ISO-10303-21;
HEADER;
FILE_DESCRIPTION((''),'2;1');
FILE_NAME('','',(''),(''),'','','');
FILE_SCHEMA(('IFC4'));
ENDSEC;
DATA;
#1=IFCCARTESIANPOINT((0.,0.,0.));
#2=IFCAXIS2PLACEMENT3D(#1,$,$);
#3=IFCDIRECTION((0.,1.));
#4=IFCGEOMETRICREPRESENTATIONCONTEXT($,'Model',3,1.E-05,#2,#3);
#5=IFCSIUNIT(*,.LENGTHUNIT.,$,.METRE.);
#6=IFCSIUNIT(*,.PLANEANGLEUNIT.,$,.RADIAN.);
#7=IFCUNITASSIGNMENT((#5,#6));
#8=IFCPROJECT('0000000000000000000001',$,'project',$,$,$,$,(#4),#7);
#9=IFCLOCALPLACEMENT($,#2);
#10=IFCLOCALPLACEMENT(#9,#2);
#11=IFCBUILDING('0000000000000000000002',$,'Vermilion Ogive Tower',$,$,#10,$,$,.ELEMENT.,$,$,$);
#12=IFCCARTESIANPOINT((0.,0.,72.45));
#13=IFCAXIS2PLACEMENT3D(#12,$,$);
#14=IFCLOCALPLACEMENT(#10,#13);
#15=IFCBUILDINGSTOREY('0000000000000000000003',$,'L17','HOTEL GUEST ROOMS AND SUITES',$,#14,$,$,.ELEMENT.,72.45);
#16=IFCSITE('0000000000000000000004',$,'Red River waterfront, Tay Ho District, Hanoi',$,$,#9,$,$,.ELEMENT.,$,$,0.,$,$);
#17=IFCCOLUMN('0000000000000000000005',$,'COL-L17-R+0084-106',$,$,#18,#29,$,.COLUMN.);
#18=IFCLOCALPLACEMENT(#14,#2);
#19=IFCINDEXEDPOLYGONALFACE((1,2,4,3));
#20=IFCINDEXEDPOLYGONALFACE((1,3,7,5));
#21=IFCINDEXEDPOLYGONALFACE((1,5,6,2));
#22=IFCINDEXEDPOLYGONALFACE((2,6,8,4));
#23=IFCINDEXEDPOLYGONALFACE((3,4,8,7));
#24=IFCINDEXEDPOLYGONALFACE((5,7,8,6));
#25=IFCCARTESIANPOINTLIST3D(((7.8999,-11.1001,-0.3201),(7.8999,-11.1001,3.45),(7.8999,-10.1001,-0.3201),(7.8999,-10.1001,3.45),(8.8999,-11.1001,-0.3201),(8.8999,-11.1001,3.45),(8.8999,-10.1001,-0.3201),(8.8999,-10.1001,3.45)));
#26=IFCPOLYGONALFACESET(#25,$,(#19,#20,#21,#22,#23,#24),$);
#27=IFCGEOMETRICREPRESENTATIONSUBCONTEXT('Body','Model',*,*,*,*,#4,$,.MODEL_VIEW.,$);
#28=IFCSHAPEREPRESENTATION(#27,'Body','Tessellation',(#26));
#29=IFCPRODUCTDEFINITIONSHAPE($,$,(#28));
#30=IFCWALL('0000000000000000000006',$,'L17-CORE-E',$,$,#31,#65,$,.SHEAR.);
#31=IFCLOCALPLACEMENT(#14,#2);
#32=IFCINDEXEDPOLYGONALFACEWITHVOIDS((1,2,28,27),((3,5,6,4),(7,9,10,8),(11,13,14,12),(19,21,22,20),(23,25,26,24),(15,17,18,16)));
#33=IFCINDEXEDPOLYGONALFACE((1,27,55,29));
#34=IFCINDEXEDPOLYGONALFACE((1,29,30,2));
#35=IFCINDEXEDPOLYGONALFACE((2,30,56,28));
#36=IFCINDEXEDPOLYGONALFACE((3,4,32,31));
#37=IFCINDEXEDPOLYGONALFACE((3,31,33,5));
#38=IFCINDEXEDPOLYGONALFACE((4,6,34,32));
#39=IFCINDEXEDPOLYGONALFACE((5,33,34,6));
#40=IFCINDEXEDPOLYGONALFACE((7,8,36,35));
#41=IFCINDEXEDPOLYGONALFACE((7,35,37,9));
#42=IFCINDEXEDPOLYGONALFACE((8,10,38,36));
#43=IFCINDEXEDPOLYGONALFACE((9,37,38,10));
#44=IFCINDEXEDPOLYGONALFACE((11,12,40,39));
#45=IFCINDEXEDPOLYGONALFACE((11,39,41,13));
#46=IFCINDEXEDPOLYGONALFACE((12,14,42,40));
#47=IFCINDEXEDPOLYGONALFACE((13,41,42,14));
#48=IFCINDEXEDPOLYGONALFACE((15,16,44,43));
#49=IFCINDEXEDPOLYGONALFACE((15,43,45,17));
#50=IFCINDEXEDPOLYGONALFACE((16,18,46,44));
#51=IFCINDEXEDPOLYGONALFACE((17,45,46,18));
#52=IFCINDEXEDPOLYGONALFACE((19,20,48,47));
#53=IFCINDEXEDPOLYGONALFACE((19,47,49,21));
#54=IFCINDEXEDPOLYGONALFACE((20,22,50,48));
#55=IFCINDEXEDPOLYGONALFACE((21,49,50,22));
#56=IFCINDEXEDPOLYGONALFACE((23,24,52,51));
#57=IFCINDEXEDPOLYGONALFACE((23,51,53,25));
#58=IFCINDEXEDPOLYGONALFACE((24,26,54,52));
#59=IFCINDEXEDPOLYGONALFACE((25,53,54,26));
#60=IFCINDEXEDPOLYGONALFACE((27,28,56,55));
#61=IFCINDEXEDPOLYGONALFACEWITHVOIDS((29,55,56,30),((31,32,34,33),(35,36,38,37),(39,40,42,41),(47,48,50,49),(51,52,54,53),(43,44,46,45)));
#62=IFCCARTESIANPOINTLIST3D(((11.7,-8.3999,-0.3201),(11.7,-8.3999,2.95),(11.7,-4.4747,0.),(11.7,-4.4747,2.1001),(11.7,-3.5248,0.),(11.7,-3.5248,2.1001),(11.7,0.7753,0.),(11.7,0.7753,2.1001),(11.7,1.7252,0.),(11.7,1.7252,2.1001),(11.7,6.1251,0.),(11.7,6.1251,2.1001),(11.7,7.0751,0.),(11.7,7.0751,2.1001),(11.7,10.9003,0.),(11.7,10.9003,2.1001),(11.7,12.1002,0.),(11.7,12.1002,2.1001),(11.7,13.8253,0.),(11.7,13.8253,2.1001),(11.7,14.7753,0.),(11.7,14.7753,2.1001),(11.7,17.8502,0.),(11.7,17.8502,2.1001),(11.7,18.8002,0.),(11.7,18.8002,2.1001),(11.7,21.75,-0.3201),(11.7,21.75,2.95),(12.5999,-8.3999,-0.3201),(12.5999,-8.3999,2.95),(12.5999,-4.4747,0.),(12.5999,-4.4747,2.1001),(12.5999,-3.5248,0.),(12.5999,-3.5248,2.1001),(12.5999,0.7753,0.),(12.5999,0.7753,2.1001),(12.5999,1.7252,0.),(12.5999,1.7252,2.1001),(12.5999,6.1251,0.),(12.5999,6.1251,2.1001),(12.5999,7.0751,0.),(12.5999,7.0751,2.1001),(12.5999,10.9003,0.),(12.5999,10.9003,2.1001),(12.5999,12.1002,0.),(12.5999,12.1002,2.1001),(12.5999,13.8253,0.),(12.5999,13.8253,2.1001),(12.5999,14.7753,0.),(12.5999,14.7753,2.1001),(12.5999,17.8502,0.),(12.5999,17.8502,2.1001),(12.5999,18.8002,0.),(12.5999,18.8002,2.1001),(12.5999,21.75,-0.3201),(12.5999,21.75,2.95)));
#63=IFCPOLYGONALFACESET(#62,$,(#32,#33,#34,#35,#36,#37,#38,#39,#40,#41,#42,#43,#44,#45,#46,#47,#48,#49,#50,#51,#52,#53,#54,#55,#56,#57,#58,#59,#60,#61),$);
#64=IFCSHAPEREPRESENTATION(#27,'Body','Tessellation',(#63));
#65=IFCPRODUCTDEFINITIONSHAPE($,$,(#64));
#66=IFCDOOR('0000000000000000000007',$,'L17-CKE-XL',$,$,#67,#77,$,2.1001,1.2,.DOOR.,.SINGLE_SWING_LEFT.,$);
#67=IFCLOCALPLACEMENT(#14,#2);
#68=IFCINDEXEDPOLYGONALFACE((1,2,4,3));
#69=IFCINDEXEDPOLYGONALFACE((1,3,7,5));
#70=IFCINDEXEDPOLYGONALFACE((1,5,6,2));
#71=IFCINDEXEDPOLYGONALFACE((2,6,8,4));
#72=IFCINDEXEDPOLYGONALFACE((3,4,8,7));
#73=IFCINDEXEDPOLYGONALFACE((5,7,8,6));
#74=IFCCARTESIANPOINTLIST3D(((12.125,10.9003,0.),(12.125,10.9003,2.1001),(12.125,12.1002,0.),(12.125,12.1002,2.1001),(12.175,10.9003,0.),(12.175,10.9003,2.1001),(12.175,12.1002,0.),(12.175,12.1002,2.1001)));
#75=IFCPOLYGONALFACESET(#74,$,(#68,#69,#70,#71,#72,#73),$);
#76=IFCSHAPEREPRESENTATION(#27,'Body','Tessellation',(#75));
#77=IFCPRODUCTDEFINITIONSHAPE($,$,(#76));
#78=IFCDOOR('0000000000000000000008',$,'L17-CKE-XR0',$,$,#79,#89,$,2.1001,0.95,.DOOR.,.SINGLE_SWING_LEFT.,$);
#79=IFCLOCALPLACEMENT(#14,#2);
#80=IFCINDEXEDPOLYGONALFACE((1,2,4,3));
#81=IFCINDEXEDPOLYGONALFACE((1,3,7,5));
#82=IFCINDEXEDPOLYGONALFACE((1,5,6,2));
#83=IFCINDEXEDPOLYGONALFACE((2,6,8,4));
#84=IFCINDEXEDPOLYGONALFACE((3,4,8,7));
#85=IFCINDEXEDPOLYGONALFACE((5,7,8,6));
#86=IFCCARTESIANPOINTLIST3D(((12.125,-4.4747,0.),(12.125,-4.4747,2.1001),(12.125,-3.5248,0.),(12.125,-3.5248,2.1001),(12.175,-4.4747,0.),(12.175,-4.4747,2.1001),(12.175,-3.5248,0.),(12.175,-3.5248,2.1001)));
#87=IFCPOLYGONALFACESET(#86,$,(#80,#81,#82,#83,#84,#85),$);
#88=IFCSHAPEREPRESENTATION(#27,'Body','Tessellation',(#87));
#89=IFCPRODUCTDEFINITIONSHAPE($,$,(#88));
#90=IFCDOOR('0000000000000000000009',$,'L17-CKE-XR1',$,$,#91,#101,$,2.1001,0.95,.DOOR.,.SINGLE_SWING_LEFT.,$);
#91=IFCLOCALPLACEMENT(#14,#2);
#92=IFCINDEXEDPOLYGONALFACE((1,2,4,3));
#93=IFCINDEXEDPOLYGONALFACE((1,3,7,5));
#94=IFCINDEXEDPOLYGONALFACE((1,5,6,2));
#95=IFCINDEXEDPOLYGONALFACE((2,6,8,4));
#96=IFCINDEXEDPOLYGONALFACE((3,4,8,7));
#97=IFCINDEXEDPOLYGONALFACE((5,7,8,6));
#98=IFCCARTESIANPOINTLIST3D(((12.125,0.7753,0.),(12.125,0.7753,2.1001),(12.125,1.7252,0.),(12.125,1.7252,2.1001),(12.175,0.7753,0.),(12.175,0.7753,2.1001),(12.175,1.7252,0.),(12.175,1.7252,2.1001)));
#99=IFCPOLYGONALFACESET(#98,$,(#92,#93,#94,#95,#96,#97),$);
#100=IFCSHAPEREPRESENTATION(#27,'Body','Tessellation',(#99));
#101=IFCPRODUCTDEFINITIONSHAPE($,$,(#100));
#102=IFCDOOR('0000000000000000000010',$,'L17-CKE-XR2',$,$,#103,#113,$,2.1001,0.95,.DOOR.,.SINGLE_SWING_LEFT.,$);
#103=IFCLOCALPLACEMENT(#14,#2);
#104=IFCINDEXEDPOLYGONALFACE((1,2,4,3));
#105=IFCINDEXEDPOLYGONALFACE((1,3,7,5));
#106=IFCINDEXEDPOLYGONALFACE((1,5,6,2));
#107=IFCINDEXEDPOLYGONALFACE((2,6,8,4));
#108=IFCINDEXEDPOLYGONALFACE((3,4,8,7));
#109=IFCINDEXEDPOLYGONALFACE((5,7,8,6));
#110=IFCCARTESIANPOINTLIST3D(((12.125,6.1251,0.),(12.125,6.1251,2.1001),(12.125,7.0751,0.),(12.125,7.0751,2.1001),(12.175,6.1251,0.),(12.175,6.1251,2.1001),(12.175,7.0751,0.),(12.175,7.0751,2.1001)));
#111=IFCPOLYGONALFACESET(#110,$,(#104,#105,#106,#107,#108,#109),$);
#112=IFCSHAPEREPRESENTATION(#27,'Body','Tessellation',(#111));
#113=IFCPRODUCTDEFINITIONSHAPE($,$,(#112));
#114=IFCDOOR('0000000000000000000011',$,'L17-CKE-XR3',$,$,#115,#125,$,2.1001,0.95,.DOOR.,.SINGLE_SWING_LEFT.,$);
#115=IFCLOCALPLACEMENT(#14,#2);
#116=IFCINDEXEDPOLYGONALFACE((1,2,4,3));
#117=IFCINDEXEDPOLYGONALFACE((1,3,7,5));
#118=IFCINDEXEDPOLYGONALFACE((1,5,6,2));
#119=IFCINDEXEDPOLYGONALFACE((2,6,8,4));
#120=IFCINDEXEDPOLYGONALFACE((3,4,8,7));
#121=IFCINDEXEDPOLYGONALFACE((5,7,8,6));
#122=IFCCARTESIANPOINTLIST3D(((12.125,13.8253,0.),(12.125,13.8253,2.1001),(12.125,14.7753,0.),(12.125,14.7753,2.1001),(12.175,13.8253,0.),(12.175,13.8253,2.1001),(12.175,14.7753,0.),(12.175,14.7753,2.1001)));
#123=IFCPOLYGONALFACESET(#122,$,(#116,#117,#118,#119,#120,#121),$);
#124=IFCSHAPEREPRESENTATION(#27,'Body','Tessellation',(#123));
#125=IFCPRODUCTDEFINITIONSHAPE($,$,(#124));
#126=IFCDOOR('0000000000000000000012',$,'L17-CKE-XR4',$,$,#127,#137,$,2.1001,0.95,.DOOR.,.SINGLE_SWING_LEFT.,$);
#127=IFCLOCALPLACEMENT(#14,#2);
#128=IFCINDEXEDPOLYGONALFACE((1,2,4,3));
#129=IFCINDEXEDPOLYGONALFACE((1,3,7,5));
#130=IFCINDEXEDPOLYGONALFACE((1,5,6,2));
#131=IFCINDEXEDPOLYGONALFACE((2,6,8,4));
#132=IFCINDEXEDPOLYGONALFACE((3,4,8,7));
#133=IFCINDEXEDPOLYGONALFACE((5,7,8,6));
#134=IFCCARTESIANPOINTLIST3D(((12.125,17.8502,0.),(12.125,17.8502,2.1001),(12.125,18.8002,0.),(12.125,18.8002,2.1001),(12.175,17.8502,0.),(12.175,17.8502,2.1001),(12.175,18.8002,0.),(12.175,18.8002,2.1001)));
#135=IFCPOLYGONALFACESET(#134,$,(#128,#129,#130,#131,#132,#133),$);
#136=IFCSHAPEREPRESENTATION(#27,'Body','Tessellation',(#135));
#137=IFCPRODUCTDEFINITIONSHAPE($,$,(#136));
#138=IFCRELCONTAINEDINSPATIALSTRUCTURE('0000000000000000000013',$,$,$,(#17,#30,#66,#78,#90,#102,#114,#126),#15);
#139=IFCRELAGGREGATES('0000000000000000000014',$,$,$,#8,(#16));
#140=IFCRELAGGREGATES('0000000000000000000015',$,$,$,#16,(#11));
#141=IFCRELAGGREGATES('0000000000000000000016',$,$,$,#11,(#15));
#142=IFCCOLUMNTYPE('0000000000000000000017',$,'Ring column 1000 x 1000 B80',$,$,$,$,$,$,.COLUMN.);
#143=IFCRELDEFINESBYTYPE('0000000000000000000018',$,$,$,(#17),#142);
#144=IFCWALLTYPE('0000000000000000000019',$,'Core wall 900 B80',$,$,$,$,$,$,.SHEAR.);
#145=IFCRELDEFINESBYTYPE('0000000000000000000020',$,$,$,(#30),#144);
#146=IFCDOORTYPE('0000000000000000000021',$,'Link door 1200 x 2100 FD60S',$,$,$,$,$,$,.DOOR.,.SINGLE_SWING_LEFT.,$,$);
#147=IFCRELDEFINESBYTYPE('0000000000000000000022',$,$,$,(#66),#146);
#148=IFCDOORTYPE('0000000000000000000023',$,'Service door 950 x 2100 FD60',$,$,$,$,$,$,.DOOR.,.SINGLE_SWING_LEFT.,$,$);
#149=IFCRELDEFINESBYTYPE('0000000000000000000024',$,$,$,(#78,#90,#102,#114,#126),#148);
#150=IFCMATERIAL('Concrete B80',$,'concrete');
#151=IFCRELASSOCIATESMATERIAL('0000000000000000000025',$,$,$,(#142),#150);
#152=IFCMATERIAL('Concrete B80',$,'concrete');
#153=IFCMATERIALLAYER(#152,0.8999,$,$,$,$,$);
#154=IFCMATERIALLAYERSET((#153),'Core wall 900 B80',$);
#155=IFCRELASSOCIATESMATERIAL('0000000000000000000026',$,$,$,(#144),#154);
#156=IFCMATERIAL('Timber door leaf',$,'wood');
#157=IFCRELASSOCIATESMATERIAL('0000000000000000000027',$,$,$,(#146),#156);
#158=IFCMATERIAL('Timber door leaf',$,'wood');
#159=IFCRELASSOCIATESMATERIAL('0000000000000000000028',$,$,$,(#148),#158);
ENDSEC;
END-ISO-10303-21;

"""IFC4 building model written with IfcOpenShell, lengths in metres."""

from ifc_helpers import new_model, si_unit, direction, frame, frame_2d, origin, origin_2d, place, context, subcontext, project, spatial, rectangle, extrude, material, layer, layer_set, material_profile, profile_set, type_object, element, fill, save


model = new_model("IFC4")

# Units and contexts
model_context = context("Model", 3, precision=1e-05, world=origin(), true_north=direction((0.0, 1.0)))
body_context = subcontext(model_context, "Body", "Model", "MODEL_VIEW")
ifc_project = project(units=[si_unit("LENGTHUNIT", "METRE"), si_unit("PLANEANGLEUNIT", "RADIAN")], contexts=[model_context])

# Site, building, storey
site_placement = place(None, origin())
site = spatial("IfcSite", under=ifc_project, at=site_placement, Name="Red River waterfront, Tay Ho District, Hanoi", CompositionType="ELEMENT", RefElevation=0.0)
building_placement = place(site_placement, origin())
building = spatial("IfcBuilding", under=site, at=building_placement, Name="Vermilion Ogive Tower", CompositionType="ELEMENT")
storey_placement = place(building_placement, frame((0.0, 0.0, 72.45)))
storey = spatial("IfcBuildingStorey", under=building, at=storey_placement, Name="L17", Description="HOTEL GUEST ROOMS AND SUITES", CompositionType="ELEMENT", Elevation=72.45)

# Column
ifc_material_1 = material(Name="Concrete B80", Category="concrete")
ifc_material_profile = material_profile(ifc_material_1, rectangle(XDim=1.0, YDim=1.0, at=origin_2d()), Name="1000 x 1000")
ifc_profile_set = profile_set([ifc_material_profile], Name="Concrete B80")
column_type = type_object("IfcColumnType", Name="Ring column 1000 x 1000 B80", PredefinedType="COLUMN", material=ifc_profile_set)
column_placement = place(storey_placement, frame((8.3999, -10.6001, -0.3201), z_axis=(0.0, 0.0, 1.0), x_axis=(1.0, 0.0, 0.0)))
element("IfcColumn", 1, at=column_placement, inside=storey, type_object=column_type, Name="COL-L17-R+0084-106", PredefinedType="COLUMN", context=body_context, shape_type="SweptSolid", body=[
    extrude(rectangle(XDim=1.0, YDim=1.0, at=origin_2d()), origin(), (0.0, 0.0, 1.0), 3.77),
])

# Wall, openings, doors
ifc_material_2 = material(Name="Concrete B80", Category="concrete")
ifc_layer_1 = layer(ifc_material_2, 0.8999)
ifc_layer_set_1 = layer_set([ifc_layer_1], Name="Core wall 900 B80")
wall_type_1 = type_object("IfcWallType", Name="Core wall 900 B80", PredefinedType="SHEAR", material=ifc_layer_set_1)
wall_1_placement = place(storey_placement, frame((12.1499, -8.3999, -0.3201), z_axis=(0.0, 0.0, 1.0), x_axis=(0.0, 1.0, 0.0)))
wall_1 = element("IfcWall", 2, at=wall_1_placement, inside=storey, type_object=wall_type_1, Name="L17-CORE-E", PredefinedType="SHEAR", context=body_context, shape_type="SweptSolid", body=[
    extrude(rectangle(XDim=30.1499, YDim=0.8999, at=frame_2d((15.075, 0.0))), origin(), (0.0, 0.0, 1.0), 3.27),
])
opening_1_placement = place(wall_1_placement, frame((3.925, 0.0, 0.3201)))
opening_1 = element("IfcOpeningElement", 3, at=opening_1_placement, cuts=wall_1, PredefinedType="OPENING", context=body_context, shape_type="SweptSolid", body=[
    extrude(rectangle(XDim=0.95, YDim=2.1001, at=frame_2d((0.4751, 1.05))), frame((0.0, 0.46, 0.0), z_axis=(0.0, -1.0, 0.0), x_axis=(1.0, 0.0, 0.0)), (0.0, 0.0, 1.0), 0.9199),
])
opening_2_placement = place(wall_1_placement, frame((9.175, 0.0, 0.3201)))
opening_2 = element("IfcOpeningElement", 4, at=opening_2_placement, cuts=wall_1, PredefinedType="OPENING", context=body_context, shape_type="SweptSolid", body=[
    extrude(rectangle(XDim=0.95, YDim=2.1001, at=frame_2d((0.4751, 1.05))), frame((0.0, 0.46, 0.0), z_axis=(0.0, -1.0, 0.0), x_axis=(1.0, 0.0, 0.0)), (0.0, 0.0, 1.0), 0.9199),
])
opening_3_placement = place(wall_1_placement, frame((14.5249, 0.0, 0.3201)))
opening_3 = element("IfcOpeningElement", 5, at=opening_3_placement, cuts=wall_1, PredefinedType="OPENING", context=body_context, shape_type="SweptSolid", body=[
    extrude(rectangle(XDim=0.95, YDim=2.1001, at=frame_2d((0.4751, 1.05))), frame((0.0, 0.46, 0.0), z_axis=(0.0, -1.0, 0.0), x_axis=(1.0, 0.0, 0.0)), (0.0, 0.0, 1.0), 0.9199),
])
opening_4_placement = place(wall_1_placement, frame((22.2251, 0.0, 0.3201)))
opening_4 = element("IfcOpeningElement", 6, at=opening_4_placement, cuts=wall_1, PredefinedType="OPENING", context=body_context, shape_type="SweptSolid", body=[
    extrude(rectangle(XDim=0.95, YDim=2.1001, at=frame_2d((0.4751, 1.05))), frame((0.0, 0.46, 0.0), z_axis=(0.0, -1.0, 0.0), x_axis=(1.0, 0.0, 0.0)), (0.0, 0.0, 1.0), 0.9199),
])
opening_5_placement = place(wall_1_placement, frame((26.25, 0.0, 0.3201)))
opening_5 = element("IfcOpeningElement", 7, at=opening_5_placement, cuts=wall_1, PredefinedType="OPENING", context=body_context, shape_type="SweptSolid", body=[
    extrude(rectangle(XDim=0.95, YDim=2.1001, at=frame_2d((0.4751, 1.05))), frame((0.0, 0.46, 0.0), z_axis=(0.0, -1.0, 0.0), x_axis=(1.0, 0.0, 0.0)), (0.0, 0.0, 1.0), 0.9199),
])
opening_6_placement = place(wall_1_placement, frame((19.3, 0.0, 0.3201)))
opening_6 = element("IfcOpeningElement", 8, at=opening_6_placement, cuts=wall_1, PredefinedType="OPENING", context=body_context, shape_type="SweptSolid", body=[
    extrude(rectangle(XDim=1.2, YDim=2.1001, at=frame_2d((0.6001, 1.05))), frame((0.0, 0.46, 0.0), z_axis=(0.0, -1.0, 0.0), x_axis=(1.0, 0.0, 0.0)), (0.0, 0.0, 1.0), 0.9199),
])
ifc_material_3 = material(Name="Timber door leaf", Category="wood")
door_type_1 = type_object("IfcDoorType", Name="Link door 1200 x 2100 FD60S", OperationType="SINGLE_SWING_LEFT", PredefinedType="DOOR", material=ifc_material_3)
door_1_placement = place(opening_6_placement, origin())
door_1 = element("IfcDoor", 9, at=door_1_placement, inside=storey, type_object=door_type_1, Name="L17-CKE-XL", OperationType="SINGLE_SWING_LEFT", OverallHeight=2.1001, OverallWidth=1.2, PredefinedType="DOOR", context=body_context, shape_type="SweptSolid", body=[
    extrude(rectangle(XDim=1.2, YDim=2.1001, at=frame_2d((0.6001, 1.05))), frame((0.0, 0.0249, 0.0), z_axis=(0.0, -1.0, 0.0), x_axis=(1.0, 0.0, 0.0)), (0.0, 0.0, 1.0), 0.05),
])
fill(opening_6, door_1)
ifc_material_4 = material(Name="Timber door leaf", Category="wood")
door_type_2 = type_object("IfcDoorType", Name="Service door 950 x 2100 FD60", OperationType="SINGLE_SWING_LEFT", PredefinedType="DOOR", material=ifc_material_4)
door_2_placement = place(opening_1_placement, origin())
door_2 = element("IfcDoor", 10, at=door_2_placement, inside=storey, type_object=door_type_2, Name="L17-CKE-XR0", OperationType="SINGLE_SWING_LEFT", OverallHeight=2.1001, OverallWidth=0.95, PredefinedType="DOOR", context=body_context, shape_type="SweptSolid", body=[
    extrude(rectangle(XDim=0.95, YDim=2.1001, at=frame_2d((0.4751, 1.05))), frame((0.0, 0.0249, 0.0), z_axis=(0.0, -1.0, 0.0), x_axis=(1.0, 0.0, 0.0)), (0.0, 0.0, 1.0), 0.05),
])
fill(opening_1, door_2)
door_3_placement = place(opening_2_placement, origin())
door_3 = element("IfcDoor", 11, at=door_3_placement, inside=storey, type_object=door_type_2, Name="L17-CKE-XR1", OperationType="SINGLE_SWING_LEFT", OverallHeight=2.1001, OverallWidth=0.95, PredefinedType="DOOR", context=body_context, shape_type="SweptSolid", body=[
    extrude(rectangle(XDim=0.95, YDim=2.1001, at=frame_2d((0.4751, 1.05))), frame((0.0, 0.0249, 0.0), z_axis=(0.0, -1.0, 0.0), x_axis=(1.0, 0.0, 0.0)), (0.0, 0.0, 1.0), 0.05),
])
fill(opening_2, door_3)
door_4_placement = place(opening_3_placement, origin())
door_4 = element("IfcDoor", 12, at=door_4_placement, inside=storey, type_object=door_type_2, Name="L17-CKE-XR2", OperationType="SINGLE_SWING_LEFT", OverallHeight=2.1001, OverallWidth=0.95, PredefinedType="DOOR", context=body_context, shape_type="SweptSolid", body=[
    extrude(rectangle(XDim=0.95, YDim=2.1001, at=frame_2d((0.4751, 1.05))), frame((0.0, 0.0249, 0.0), z_axis=(0.0, -1.0, 0.0), x_axis=(1.0, 0.0, 0.0)), (0.0, 0.0, 1.0), 0.05),
])
fill(opening_3, door_4)
door_5_placement = place(opening_4_placement, origin())
door_5 = element("IfcDoor", 13, at=door_5_placement, inside=storey, type_object=door_type_2, Name="L17-CKE-XR3", OperationType="SINGLE_SWING_LEFT", OverallHeight=2.1001, OverallWidth=0.95, PredefinedType="DOOR", context=body_context, shape_type="SweptSolid", body=[
    extrude(rectangle(XDim=0.95, YDim=2.1001, at=frame_2d((0.4751, 1.05))), frame((0.0, 0.0249, 0.0), z_axis=(0.0, -1.0, 0.0), x_axis=(1.0, 0.0, 0.0)), (0.0, 0.0, 1.0), 0.05),
])
fill(opening_4, door_5)
door_6_placement = place(opening_5_placement, origin())
door_6 = element("IfcDoor", 14, at=door_6_placement, inside=storey, type_object=door_type_2, Name="L17-CKE-XR4", OperationType="SINGLE_SWING_LEFT", OverallHeight=2.1001, OverallWidth=0.95, PredefinedType="DOOR", context=body_context, shape_type="SweptSolid", body=[
    extrude(rectangle(XDim=0.95, YDim=2.1001, at=frame_2d((0.4751, 1.05))), frame((0.0, 0.0249, 0.0), z_axis=(0.0, -1.0, 0.0), x_axis=(1.0, 0.0, 0.0)), (0.0, 0.0, 1.0), 0.05),
])
fill(opening_5, door_6)

save(model, "model.ifc")
